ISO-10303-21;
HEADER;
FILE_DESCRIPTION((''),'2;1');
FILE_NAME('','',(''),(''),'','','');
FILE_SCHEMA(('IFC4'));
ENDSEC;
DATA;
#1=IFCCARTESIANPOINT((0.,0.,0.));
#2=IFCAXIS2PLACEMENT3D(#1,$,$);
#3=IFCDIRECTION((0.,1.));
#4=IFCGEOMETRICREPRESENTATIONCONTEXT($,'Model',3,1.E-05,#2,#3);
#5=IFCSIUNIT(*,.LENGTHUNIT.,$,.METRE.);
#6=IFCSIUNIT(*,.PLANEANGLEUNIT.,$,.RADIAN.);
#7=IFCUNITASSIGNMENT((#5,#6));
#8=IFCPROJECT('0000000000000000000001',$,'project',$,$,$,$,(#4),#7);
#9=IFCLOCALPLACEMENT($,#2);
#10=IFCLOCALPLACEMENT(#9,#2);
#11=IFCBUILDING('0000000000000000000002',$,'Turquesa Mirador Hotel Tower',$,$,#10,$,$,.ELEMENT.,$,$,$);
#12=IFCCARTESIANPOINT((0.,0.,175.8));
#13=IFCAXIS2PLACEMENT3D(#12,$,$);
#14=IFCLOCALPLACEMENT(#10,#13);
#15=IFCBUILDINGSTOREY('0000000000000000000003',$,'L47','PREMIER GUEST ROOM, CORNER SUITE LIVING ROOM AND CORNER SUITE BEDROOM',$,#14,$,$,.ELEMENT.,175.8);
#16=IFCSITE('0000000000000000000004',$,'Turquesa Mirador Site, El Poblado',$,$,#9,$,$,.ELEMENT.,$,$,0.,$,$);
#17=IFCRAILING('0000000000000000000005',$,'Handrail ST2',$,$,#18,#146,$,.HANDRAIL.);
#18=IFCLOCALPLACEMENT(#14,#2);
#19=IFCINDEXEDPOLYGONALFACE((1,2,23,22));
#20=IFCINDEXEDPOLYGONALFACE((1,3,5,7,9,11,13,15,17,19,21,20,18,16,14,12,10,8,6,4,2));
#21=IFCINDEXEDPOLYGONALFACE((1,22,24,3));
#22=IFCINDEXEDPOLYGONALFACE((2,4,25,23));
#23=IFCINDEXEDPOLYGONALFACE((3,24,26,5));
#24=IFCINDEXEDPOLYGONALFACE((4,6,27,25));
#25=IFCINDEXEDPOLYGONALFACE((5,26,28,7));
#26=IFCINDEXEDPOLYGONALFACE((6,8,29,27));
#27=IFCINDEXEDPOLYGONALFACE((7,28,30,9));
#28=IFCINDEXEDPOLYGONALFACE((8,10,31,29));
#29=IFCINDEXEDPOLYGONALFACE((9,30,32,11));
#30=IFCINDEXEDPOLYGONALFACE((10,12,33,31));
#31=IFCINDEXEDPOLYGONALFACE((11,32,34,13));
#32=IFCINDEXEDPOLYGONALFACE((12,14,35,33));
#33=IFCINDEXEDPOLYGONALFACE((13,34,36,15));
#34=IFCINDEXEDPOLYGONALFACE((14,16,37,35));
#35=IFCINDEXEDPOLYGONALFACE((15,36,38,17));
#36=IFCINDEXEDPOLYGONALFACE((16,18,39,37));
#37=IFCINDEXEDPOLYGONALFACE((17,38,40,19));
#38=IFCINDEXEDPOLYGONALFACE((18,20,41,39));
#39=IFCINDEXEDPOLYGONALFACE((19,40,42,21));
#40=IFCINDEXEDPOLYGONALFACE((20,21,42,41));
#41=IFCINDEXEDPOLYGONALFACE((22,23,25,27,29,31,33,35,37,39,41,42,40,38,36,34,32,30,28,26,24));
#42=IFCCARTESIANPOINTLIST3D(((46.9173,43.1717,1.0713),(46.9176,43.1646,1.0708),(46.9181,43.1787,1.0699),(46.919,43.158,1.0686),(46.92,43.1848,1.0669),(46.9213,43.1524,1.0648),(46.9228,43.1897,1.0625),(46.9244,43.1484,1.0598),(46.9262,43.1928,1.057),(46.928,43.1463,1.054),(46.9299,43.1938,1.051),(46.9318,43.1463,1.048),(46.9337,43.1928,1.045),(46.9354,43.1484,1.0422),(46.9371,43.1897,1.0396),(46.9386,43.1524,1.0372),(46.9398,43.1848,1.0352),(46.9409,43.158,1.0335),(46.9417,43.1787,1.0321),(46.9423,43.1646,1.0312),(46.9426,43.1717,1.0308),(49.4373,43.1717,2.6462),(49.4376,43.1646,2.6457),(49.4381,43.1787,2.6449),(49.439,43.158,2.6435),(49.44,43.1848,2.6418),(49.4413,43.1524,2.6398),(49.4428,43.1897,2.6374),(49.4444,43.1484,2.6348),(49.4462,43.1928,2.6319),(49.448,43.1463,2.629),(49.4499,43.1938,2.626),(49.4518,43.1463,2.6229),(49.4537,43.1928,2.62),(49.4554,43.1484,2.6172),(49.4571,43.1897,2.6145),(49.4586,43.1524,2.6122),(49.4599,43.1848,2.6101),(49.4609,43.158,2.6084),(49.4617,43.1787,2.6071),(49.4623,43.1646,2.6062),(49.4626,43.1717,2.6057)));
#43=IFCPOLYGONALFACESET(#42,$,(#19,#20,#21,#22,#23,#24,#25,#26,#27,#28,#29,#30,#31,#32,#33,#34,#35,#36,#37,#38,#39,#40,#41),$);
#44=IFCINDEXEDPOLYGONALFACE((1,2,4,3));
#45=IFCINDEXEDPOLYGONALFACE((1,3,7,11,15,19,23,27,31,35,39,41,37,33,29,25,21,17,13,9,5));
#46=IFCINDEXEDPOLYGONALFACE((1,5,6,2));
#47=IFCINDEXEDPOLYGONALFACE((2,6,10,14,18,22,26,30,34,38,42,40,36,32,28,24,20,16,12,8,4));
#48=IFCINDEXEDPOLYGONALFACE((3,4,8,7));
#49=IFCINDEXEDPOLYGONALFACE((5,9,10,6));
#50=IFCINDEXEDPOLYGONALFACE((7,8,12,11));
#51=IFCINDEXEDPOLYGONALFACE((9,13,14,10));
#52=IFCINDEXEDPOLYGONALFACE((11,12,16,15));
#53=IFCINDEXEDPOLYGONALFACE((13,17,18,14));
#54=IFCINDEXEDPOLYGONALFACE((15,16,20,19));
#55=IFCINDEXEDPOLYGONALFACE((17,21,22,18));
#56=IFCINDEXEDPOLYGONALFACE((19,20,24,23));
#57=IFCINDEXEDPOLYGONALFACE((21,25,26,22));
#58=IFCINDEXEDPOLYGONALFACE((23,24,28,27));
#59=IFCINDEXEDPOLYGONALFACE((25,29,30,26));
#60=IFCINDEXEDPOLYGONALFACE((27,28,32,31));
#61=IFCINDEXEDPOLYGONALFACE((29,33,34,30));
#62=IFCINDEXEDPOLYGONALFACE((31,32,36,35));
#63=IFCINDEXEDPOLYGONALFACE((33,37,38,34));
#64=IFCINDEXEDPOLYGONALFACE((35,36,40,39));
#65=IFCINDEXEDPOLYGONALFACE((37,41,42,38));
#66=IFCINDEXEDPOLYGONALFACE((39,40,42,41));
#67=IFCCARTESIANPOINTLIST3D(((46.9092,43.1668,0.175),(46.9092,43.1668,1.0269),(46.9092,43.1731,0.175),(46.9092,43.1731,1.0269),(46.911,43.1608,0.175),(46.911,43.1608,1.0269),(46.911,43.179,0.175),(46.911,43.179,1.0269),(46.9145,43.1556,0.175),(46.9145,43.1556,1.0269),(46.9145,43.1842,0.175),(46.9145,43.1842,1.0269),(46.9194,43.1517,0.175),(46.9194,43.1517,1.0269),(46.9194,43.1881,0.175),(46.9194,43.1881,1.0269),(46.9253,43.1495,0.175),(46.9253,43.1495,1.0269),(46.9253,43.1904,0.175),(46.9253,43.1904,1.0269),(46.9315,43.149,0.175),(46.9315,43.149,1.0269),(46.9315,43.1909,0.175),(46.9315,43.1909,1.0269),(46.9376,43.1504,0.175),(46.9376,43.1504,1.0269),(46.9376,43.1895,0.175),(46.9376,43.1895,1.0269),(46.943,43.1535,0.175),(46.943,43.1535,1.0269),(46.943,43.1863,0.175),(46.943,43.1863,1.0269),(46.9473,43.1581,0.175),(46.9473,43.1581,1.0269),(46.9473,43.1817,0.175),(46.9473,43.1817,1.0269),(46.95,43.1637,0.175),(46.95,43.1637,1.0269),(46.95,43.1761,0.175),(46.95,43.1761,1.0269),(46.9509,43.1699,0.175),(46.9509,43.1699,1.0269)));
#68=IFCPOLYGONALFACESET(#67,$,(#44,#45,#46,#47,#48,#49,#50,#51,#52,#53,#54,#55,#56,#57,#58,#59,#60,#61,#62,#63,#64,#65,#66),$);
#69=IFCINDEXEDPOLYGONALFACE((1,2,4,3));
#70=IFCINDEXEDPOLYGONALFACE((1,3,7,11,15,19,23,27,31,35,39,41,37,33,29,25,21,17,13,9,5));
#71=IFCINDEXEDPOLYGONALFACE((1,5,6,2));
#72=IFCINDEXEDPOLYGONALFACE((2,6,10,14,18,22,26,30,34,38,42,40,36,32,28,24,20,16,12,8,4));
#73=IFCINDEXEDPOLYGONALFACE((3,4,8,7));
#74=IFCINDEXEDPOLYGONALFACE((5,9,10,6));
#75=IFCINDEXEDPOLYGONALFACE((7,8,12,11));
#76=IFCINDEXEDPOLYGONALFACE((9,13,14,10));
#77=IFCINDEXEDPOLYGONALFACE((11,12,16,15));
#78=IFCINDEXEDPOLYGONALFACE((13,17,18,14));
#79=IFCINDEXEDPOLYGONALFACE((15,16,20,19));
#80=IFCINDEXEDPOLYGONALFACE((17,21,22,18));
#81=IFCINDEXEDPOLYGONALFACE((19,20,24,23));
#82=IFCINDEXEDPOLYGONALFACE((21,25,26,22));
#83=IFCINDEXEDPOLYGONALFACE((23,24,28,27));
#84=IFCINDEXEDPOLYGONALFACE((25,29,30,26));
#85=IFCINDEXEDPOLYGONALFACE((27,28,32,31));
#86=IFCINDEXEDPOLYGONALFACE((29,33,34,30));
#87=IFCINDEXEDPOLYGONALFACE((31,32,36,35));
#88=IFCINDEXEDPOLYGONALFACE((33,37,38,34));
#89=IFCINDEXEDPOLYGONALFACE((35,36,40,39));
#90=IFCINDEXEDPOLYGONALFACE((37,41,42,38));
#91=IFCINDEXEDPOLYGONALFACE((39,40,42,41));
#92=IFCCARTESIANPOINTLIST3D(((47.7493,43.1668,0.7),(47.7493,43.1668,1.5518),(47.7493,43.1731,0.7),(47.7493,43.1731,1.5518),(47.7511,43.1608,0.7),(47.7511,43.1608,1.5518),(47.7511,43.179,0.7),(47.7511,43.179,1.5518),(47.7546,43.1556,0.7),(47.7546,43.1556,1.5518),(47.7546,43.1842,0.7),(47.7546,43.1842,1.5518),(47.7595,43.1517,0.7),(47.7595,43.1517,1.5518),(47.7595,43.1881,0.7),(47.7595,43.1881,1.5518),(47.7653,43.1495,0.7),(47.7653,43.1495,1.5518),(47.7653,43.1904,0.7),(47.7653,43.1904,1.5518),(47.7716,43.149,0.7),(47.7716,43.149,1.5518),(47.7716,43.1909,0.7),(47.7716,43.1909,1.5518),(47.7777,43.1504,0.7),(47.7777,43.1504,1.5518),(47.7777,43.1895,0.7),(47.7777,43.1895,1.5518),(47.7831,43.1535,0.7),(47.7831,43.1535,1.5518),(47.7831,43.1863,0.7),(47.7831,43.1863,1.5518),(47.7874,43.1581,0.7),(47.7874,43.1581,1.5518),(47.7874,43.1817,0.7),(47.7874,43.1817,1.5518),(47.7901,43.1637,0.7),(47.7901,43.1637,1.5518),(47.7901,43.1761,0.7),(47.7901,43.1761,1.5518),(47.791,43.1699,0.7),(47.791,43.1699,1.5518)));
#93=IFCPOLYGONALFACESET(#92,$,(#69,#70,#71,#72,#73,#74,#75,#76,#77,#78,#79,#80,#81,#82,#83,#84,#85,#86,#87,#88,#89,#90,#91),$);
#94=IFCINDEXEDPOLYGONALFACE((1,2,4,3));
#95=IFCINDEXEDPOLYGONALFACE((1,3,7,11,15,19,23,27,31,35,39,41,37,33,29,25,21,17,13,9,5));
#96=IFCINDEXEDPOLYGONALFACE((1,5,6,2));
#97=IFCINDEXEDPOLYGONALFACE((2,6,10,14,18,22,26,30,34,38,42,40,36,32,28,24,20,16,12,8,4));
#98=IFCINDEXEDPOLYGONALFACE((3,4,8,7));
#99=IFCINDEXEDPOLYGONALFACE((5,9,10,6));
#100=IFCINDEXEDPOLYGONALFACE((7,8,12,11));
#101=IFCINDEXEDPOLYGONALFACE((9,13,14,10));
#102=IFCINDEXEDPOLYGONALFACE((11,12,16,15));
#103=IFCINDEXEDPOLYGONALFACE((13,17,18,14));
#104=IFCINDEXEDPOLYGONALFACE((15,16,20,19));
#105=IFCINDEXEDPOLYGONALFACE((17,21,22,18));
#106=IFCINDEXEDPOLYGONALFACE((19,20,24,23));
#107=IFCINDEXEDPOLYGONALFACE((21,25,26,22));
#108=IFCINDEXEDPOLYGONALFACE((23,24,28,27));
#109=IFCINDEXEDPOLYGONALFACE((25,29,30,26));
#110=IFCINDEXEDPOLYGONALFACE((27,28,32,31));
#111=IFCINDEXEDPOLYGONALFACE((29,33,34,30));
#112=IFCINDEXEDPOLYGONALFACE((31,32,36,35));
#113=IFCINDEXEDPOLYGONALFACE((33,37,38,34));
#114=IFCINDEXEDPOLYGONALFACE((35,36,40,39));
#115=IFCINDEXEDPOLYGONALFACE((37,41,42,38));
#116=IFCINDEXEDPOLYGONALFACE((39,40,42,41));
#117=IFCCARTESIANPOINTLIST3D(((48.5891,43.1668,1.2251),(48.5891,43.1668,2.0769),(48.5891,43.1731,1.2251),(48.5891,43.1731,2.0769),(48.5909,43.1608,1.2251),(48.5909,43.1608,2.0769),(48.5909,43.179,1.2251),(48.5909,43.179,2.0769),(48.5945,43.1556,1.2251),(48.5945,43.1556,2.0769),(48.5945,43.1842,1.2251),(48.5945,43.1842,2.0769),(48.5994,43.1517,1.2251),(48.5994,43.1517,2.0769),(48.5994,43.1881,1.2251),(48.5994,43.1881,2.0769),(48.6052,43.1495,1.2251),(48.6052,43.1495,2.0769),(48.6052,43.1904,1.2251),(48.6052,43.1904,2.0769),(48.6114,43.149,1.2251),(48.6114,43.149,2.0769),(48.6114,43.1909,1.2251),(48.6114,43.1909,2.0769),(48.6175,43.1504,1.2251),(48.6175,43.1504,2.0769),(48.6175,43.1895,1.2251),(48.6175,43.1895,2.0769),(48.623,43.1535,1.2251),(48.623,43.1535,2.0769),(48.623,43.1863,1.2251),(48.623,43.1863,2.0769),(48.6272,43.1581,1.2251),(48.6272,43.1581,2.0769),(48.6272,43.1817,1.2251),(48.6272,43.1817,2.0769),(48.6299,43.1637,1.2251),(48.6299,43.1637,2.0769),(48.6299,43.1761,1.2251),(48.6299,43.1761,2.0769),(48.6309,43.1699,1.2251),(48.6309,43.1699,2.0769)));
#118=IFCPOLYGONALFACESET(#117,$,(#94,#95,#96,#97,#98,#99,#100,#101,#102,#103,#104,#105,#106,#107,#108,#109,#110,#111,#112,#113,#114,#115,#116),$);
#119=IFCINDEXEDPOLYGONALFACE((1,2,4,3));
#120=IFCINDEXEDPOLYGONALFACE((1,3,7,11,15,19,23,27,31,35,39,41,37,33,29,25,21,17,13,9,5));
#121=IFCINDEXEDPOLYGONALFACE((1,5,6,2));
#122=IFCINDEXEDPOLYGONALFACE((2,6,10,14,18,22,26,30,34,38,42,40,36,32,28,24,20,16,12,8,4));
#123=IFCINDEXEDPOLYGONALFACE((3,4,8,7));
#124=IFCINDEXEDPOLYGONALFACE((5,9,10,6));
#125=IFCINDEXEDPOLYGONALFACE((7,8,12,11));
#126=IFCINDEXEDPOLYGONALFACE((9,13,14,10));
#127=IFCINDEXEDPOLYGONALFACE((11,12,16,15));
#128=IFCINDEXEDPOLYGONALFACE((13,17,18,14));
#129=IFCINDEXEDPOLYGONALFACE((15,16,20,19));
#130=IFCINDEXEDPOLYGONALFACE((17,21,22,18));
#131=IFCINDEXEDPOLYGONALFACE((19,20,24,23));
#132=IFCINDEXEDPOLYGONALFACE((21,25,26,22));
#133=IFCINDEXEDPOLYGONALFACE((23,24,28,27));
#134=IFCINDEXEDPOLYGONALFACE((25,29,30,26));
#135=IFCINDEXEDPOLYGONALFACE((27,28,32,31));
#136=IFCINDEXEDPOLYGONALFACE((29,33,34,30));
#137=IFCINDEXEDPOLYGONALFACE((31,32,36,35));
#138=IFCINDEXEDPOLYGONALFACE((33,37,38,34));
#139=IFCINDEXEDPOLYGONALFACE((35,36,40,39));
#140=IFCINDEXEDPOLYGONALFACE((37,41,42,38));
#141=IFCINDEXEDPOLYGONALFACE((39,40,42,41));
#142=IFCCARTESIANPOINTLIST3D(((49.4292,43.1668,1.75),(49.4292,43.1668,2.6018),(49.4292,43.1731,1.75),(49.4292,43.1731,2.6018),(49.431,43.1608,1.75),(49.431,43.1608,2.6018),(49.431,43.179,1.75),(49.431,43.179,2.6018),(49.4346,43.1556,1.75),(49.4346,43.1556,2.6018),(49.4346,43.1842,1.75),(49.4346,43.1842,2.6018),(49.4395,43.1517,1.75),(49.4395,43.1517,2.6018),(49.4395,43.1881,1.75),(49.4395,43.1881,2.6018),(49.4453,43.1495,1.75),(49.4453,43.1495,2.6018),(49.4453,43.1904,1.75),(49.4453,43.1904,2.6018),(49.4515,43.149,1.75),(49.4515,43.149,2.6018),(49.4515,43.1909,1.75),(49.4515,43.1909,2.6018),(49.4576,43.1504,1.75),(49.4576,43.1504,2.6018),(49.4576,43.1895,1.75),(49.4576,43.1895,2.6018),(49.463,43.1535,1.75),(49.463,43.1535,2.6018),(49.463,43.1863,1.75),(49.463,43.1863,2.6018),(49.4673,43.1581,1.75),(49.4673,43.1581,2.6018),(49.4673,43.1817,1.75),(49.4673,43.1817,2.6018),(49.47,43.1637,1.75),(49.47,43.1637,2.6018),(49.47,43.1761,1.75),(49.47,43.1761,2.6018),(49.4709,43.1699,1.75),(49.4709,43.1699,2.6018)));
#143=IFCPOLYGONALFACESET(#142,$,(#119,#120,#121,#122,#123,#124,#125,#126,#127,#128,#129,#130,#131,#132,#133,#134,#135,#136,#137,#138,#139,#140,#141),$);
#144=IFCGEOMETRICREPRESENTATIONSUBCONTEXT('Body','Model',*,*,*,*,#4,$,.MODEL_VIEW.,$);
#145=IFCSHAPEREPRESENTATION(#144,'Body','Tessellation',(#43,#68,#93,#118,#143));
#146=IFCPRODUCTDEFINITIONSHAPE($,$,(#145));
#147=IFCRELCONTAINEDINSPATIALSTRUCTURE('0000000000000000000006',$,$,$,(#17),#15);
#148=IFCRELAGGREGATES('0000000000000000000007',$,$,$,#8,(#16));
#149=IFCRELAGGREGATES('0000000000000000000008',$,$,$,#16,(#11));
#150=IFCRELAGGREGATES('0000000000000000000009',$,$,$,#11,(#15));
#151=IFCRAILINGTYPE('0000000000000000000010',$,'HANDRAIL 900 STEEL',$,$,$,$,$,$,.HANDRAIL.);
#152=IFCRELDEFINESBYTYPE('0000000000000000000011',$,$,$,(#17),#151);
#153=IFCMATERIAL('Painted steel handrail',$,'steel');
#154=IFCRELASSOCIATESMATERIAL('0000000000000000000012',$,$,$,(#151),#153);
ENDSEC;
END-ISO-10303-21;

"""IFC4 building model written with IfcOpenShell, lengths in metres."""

from ifc_helpers import new_model, si_unit, direction, frame, origin, origin_2d, place, context, subcontext, project, spatial, circle, extrude, material, type_object, element, save


model = new_model("IFC4")

# Units and contexts
model_context = context("Model", 3, precision=1e-05, world=origin(), true_north=direction((0.0, 1.0)))
body_context = subcontext(model_context, "Body", "Model", "MODEL_VIEW")
ifc_project = project(units=[si_unit("LENGTHUNIT", "METRE"), si_unit("PLANEANGLEUNIT", "RADIAN")], contexts=[model_context])

# Site, building, storey
site_placement = place(None, origin())
site = spatial("IfcSite", under=ifc_project, at=site_placement, Name="Turquesa Mirador Site, El Poblado", CompositionType="ELEMENT", RefElevation=0.0)
building_placement = place(site_placement, origin())
building = spatial("IfcBuilding", under=site, at=building_placement, Name="Turquesa Mirador Hotel Tower", CompositionType="ELEMENT")
storey_placement = place(building_placement, frame((0.0, 0.0, 175.8)))
storey = spatial("IfcBuildingStorey", under=building, at=storey_placement, Name="L47", Description="PREMIER GUEST ROOM, CORNER SUITE LIVING ROOM AND CORNER SUITE BEDROOM", CompositionType="ELEMENT", Elevation=175.8)

# Railing
ifc_material_1 = material(Name="Painted steel handrail", Category="steel")
railing_type = type_object("IfcRailingType", Name="HANDRAIL 900 STEEL", PredefinedType="HANDRAIL", material=ifc_material_1)
for number, where, name in (
    (1, (46.9299, 43.1699, 0.175), "Handrail ST2"),
):
    element("IfcRailing", number, at=place(storey_placement, frame(where)), inside=storey, type_object=railing_type, Name=name, PredefinedType="HANDRAIL", context=body_context, shape_type="SweptSolid", body=[
        extrude(circle(Radius=0.0239, at=origin_2d()), frame((0.0, 0.0, 0.876), z_axis=(0.848008, 0.0, 0.529984), x_axis=(0.0, 1.0, 0.0)), (0.0, 0.0, 1.0), 2.9717),
        extrude(circle(Radius=0.021, at=origin_2d()), origin(), (0.0, 0.0, 1.0), 0.8518),
        extrude(circle(Radius=0.021, at=origin_2d()), frame((0.8401, 0.0, 0.5249)), (0.0, 0.0, 1.0), 0.8518),
        extrude(circle(Radius=0.021, at=origin_2d()), frame((1.6799, 0.0, 1.05)), (0.0, 0.0, 1.0), 0.8518),
        extrude(circle(Radius=0.021, at=origin_2d()), frame((2.52, 0.0, 1.575)), (0.0, 0.0, 1.0), 0.8518),
    ])

save(model, "model.ifc")
